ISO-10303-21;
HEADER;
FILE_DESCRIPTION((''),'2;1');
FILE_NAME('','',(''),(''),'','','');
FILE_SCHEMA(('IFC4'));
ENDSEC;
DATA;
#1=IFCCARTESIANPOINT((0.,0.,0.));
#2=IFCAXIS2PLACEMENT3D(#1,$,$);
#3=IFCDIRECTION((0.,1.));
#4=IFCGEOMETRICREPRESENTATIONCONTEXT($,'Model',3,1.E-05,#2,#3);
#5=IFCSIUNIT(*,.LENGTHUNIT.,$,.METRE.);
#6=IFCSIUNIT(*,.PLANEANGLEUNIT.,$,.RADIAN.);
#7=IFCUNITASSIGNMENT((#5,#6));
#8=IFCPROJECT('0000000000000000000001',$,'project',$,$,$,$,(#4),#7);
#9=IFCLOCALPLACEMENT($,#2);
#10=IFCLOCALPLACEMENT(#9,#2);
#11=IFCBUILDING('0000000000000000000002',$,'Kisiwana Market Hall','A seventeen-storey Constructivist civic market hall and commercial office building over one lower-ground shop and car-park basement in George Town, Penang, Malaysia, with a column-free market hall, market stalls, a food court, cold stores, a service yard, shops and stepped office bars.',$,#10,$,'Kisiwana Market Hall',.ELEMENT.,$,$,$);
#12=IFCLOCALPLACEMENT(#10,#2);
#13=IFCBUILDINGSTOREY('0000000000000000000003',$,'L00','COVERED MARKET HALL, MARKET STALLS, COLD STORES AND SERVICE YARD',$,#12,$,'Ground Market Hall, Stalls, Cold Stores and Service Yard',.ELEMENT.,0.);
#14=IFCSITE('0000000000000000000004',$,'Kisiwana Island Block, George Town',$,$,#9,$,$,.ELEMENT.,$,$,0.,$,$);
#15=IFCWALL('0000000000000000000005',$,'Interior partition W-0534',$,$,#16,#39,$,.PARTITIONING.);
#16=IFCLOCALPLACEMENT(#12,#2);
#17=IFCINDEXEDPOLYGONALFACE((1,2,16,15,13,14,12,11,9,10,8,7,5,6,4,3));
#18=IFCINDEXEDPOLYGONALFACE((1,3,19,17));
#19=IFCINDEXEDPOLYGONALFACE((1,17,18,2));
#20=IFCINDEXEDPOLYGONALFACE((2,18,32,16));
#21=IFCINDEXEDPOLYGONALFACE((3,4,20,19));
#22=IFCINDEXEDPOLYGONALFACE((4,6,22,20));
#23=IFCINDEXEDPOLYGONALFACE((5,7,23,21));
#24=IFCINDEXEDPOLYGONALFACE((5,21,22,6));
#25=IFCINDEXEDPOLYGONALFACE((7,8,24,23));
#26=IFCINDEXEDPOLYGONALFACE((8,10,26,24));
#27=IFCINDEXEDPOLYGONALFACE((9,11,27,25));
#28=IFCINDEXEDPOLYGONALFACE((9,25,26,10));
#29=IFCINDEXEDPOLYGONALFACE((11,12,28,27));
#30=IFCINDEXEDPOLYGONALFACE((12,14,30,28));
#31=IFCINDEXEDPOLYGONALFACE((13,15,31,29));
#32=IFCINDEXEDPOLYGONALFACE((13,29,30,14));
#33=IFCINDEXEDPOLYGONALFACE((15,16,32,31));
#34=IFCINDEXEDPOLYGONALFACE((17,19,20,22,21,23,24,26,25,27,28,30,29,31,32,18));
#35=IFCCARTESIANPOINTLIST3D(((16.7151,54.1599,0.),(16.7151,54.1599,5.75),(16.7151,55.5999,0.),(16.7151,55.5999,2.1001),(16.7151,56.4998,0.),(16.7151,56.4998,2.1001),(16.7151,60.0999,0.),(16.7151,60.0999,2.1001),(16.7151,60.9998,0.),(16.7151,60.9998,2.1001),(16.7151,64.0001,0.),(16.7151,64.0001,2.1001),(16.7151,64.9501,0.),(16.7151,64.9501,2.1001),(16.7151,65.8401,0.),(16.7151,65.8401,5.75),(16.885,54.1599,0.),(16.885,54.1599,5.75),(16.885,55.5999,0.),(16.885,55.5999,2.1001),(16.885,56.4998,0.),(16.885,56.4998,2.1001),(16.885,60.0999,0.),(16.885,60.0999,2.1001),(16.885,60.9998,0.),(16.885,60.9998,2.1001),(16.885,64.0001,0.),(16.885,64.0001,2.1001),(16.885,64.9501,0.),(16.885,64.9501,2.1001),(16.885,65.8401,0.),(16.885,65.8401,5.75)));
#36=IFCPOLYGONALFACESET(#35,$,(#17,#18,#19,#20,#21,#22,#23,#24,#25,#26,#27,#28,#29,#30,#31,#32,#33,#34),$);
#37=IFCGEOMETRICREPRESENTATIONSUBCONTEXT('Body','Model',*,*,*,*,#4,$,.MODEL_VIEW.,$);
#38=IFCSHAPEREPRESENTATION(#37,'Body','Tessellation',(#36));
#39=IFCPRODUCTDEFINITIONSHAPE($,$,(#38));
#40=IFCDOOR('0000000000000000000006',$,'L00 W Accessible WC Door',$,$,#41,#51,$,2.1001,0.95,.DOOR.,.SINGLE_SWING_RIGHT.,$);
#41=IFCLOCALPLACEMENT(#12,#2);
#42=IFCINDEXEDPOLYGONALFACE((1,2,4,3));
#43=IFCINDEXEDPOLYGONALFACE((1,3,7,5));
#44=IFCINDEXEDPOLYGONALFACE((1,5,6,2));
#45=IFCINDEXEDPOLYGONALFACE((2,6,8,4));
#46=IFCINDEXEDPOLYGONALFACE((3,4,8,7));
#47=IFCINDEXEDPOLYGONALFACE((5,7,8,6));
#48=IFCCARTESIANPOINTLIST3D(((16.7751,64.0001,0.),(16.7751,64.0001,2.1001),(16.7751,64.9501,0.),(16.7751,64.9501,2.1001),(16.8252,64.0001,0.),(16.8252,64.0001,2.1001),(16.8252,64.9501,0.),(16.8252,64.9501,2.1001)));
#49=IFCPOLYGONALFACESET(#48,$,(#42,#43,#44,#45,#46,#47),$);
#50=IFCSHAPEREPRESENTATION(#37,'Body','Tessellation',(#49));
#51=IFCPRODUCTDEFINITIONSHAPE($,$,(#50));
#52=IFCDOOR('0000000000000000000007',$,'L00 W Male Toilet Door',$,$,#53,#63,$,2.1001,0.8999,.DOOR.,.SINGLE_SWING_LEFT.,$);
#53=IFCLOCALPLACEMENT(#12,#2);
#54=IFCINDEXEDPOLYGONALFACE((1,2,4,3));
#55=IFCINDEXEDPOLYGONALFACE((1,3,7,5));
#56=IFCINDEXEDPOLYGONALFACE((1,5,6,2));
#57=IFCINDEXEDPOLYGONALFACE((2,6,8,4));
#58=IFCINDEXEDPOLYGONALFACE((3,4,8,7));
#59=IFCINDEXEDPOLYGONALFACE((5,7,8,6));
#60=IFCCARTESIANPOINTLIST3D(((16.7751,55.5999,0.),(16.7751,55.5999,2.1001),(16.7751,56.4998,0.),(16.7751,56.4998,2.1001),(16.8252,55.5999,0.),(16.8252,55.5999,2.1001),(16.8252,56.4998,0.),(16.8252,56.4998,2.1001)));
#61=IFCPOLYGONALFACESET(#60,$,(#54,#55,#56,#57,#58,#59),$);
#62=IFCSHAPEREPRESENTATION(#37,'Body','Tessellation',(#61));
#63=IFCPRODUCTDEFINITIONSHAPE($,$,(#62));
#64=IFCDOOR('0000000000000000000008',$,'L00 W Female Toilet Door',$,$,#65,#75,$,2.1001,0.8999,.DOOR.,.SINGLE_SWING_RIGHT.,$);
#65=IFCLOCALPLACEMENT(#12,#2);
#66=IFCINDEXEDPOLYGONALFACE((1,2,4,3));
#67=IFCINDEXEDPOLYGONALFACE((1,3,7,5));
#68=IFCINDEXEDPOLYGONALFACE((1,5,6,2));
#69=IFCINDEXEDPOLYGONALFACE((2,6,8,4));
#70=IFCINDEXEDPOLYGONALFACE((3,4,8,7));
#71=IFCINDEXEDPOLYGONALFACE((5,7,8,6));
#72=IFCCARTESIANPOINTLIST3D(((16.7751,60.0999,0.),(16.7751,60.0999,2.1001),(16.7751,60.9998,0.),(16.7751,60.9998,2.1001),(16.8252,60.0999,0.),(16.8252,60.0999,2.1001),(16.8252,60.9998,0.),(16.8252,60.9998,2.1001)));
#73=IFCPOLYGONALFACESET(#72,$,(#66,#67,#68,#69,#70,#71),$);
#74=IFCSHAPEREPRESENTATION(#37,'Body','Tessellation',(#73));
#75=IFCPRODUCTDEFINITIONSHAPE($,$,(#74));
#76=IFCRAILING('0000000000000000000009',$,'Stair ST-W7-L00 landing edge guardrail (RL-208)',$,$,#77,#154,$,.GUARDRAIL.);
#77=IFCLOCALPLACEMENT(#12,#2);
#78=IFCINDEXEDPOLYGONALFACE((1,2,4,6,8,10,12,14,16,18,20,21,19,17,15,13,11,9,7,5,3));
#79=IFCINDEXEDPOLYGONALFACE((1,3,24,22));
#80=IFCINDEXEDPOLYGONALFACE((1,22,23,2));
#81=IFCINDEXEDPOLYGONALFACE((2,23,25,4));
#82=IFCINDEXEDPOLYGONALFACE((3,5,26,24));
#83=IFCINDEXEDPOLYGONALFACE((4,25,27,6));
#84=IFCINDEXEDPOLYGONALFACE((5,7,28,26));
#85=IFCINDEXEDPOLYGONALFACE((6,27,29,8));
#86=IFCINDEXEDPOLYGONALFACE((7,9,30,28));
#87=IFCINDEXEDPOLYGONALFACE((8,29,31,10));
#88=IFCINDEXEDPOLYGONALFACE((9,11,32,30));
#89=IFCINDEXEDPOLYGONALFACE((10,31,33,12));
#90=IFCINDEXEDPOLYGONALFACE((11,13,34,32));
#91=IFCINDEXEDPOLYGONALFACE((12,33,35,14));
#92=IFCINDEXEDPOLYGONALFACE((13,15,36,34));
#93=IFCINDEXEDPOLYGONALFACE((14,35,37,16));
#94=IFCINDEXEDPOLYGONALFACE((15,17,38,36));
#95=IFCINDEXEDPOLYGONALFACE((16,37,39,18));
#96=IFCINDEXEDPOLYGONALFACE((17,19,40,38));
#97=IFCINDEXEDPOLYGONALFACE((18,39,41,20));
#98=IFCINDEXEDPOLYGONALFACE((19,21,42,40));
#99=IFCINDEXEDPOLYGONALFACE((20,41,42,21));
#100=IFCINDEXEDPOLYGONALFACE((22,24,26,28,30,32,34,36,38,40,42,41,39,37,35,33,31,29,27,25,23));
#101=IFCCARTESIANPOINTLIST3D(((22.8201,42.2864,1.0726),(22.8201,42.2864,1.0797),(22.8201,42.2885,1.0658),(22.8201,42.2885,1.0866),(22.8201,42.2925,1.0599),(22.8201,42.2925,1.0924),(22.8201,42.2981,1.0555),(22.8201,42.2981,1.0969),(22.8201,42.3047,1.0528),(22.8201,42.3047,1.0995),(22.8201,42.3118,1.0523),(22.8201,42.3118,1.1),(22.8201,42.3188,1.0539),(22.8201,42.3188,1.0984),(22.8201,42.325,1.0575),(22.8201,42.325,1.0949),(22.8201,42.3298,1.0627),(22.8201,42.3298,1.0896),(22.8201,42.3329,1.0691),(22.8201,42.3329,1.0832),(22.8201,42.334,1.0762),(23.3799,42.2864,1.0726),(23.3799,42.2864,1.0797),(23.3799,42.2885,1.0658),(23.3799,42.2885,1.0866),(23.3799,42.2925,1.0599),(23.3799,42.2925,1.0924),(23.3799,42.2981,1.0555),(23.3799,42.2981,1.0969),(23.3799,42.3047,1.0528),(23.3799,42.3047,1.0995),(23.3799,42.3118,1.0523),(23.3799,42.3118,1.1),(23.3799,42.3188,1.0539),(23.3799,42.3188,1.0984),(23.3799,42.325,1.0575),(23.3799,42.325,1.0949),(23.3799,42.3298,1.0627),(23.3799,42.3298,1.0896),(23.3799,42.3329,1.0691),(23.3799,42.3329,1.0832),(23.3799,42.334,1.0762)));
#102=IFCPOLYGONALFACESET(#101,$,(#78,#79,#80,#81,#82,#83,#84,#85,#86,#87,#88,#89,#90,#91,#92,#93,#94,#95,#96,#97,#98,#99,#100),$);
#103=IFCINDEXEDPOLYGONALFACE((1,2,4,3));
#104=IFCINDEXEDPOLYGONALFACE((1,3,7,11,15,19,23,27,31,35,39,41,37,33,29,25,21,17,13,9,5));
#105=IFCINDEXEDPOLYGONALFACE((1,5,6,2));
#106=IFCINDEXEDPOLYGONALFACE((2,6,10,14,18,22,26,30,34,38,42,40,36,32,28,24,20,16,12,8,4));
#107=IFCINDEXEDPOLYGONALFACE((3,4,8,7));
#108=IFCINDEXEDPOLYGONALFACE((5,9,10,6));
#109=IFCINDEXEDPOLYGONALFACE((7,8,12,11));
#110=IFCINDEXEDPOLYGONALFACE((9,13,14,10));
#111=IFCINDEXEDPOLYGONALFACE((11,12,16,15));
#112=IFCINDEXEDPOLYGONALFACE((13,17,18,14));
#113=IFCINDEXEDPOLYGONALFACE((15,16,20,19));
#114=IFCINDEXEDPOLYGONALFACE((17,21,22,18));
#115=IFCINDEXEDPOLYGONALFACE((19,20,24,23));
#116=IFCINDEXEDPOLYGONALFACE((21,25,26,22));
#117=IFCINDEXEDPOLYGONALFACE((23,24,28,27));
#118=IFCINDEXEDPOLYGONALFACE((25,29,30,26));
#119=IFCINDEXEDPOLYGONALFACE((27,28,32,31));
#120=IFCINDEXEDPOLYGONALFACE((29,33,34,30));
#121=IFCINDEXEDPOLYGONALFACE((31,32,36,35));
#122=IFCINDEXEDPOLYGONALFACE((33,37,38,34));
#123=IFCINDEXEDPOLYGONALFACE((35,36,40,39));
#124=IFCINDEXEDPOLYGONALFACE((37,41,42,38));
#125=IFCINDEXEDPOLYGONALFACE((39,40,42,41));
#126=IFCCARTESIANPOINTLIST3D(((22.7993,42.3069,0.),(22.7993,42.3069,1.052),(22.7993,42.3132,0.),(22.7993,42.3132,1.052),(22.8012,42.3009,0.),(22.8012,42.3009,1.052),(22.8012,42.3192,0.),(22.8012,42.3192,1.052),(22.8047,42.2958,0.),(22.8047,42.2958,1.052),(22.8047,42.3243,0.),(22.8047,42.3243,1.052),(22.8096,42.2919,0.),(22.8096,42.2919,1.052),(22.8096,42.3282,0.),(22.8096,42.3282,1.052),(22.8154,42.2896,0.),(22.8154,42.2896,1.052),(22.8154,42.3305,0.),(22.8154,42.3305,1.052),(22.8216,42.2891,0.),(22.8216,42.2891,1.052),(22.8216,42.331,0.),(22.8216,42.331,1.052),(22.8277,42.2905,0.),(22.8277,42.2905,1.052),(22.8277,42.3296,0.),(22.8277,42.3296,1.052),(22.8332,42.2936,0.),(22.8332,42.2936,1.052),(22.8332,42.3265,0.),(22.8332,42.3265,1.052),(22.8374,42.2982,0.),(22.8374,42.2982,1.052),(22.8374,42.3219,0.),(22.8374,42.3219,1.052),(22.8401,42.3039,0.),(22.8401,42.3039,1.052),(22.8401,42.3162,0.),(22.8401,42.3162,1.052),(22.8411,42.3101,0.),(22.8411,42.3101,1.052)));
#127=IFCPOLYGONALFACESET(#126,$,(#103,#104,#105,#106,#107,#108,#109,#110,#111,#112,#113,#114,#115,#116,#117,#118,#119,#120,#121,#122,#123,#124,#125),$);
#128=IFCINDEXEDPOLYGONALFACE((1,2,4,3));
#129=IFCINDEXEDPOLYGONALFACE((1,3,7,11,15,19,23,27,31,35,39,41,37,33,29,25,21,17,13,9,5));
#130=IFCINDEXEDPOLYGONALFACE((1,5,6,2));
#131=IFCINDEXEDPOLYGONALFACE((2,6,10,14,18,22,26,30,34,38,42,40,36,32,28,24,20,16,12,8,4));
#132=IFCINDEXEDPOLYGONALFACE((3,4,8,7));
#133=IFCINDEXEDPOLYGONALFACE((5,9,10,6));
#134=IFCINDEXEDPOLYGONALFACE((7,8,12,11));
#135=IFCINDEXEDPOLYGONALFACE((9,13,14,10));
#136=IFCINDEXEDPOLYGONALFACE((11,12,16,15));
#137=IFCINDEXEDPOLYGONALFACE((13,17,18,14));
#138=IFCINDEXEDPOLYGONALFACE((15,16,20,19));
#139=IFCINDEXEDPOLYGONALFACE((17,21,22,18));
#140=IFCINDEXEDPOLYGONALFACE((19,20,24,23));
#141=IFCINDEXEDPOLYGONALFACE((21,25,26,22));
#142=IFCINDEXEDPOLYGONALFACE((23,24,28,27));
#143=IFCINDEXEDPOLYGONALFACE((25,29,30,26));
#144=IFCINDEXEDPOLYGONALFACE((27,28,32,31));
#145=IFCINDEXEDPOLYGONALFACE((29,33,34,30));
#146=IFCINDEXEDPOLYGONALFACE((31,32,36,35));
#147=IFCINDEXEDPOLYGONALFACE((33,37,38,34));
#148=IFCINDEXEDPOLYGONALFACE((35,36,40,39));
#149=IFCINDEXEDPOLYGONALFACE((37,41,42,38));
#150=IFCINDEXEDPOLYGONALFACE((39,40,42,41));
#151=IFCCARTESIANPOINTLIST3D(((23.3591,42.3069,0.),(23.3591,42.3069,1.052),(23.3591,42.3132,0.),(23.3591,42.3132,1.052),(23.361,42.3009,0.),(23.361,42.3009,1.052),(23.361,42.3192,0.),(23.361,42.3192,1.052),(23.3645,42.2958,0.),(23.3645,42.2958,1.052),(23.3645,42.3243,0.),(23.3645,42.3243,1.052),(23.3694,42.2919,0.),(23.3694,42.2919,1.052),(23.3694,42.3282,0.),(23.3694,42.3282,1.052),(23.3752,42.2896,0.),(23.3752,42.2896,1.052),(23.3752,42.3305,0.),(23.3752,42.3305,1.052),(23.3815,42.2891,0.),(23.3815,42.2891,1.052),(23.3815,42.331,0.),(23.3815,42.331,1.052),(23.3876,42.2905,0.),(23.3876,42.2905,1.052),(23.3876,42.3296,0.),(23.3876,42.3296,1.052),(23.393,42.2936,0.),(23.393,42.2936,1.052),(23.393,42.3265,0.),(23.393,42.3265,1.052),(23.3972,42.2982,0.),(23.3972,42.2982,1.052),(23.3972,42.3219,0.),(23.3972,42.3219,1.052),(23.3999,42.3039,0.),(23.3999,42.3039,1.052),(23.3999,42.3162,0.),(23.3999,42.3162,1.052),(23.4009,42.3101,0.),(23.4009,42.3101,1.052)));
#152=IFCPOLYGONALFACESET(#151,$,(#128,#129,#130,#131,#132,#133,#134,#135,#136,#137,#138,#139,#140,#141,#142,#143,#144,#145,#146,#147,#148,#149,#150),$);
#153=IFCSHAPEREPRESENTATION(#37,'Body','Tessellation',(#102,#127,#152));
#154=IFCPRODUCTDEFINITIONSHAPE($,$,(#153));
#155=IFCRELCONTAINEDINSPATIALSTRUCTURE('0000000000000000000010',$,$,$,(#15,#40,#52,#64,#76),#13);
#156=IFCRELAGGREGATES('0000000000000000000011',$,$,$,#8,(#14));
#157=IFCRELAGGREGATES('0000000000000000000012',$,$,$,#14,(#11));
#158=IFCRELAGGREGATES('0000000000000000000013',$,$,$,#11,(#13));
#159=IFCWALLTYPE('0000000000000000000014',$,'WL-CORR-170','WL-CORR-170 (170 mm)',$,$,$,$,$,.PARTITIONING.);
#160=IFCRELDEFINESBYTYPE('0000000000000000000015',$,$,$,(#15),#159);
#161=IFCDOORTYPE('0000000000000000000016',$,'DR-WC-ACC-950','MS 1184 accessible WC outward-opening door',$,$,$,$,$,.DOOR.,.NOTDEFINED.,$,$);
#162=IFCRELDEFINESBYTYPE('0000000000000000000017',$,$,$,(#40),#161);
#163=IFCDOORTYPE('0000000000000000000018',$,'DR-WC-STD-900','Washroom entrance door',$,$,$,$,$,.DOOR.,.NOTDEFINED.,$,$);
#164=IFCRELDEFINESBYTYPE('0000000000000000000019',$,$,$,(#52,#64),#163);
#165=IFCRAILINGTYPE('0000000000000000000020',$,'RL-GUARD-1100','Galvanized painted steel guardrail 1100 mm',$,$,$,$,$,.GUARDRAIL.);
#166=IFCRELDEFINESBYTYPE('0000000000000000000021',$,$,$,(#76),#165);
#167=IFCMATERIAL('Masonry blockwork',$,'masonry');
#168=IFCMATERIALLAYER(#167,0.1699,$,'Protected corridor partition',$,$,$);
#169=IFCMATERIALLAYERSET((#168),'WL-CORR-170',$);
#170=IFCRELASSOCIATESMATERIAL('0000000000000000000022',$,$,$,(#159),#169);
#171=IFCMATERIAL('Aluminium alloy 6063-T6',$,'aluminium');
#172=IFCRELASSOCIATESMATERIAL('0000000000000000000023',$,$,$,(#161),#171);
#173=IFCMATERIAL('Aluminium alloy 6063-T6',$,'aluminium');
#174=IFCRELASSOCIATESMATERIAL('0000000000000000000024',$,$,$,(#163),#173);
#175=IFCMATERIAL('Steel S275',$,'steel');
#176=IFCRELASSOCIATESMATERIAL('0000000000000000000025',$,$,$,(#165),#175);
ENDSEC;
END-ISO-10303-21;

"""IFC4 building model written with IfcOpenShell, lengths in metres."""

from ifc_helpers import new_model, si_unit, direction, frame, frame_2d, origin, origin_2d, place, context, subcontext, project, spatial, rectangle, circle, extrude, material, layer, layer_set, type_object, element, fill, save


model = new_model("IFC4")

# Units and contexts
model_context = context("Model", 3, precision=1e-05, world=origin(), true_north=direction((0.0, 1.0)))
body_context = subcontext(model_context, "Body", "Model", "MODEL_VIEW")
ifc_project = project(units=[si_unit("LENGTHUNIT", "METRE"), si_unit("PLANEANGLEUNIT", "RADIAN")], contexts=[model_context])

# Site, building, storey
site_placement = place(None, origin())
site = spatial("IfcSite", under=ifc_project, at=site_placement, Name="Kisiwana Island Block, George Town", CompositionType="ELEMENT", RefElevation=0.0)
building_placement = place(site_placement, origin())
building = spatial("IfcBuilding", under=site, at=building_placement, Name="Kisiwana Market Hall", Description="A seventeen-storey Constructivist civic market hall and commercial office building over one lower-ground shop and car-park basement in George Town, Penang, Malaysia, with a column-free market hall, market stalls, a food court, cold stores, a service yard, shops and stepped office bars.", LongName="Kisiwana Market Hall", CompositionType="ELEMENT")
storey_placement = place(building_placement, origin())
storey = spatial("IfcBuildingStorey", under=building, at=storey_placement, Name="L00", Description="COVERED MARKET HALL, MARKET STALLS, COLD STORES AND SERVICE YARD", LongName="Ground Market Hall, Stalls, Cold Stores and Service Yard", CompositionType="ELEMENT", Elevation=0.0)

# Wall, openings, doors
ifc_material_1 = material(Name="Masonry blockwork", Category="masonry")
ifc_layer_1 = layer(ifc_material_1, 0.1699, Name="Protected corridor partition")
ifc_layer_set_1 = layer_set([ifc_layer_1], Name="WL-CORR-170")
wall_type_1 = type_object("IfcWallType", Name="WL-CORR-170", Description="WL-CORR-170 (170 mm)", PredefinedType="PARTITIONING", material=ifc_layer_set_1)
wall_1_placement = place(storey_placement, frame((16.8, 54.1599, 0.0), z_axis=(0.0, 0.0, 1.0), x_axis=(0.0, 1.0, 0.0)))
wall_1 = element("IfcWall", 1, at=wall_1_placement, inside=storey, type_object=wall_type_1, Name="Interior partition W-0534", PredefinedType="PARTITIONING", context=body_context, shape_type="SweptSolid", body=[
    extrude(rectangle(XDim=11.6802, YDim=0.1699, at=frame_2d((5.8401, 0.0))), origin(), (0.0, 0.0, 1.0), 5.75),
])
opening_1_placement = place(wall_1_placement, frame((1.4399, 0.0, 0.0)))
opening_1 = element("IfcOpeningElement", 2, at=opening_1_placement, cuts=wall_1, PredefinedType="OPENING", context=body_context, shape_type="SweptSolid", body=[
    extrude(rectangle(XDim=0.8999, YDim=2.1001, at=frame_2d((0.45, 1.05))), frame((0.0, 0.0969, 0.0), z_axis=(0.0, -1.0, 0.0), x_axis=(1.0, 0.0, 0.0)), (0.0, 0.0, 1.0), 0.1938),
])
opening_2_placement = place(wall_1_placement, frame((5.9399, 0.0, 0.0)))
opening_2 = element("IfcOpeningElement", 3, at=opening_2_placement, cuts=wall_1, PredefinedType="OPENING", context=body_context, shape_type="SweptSolid", body=[
    extrude(rectangle(XDim=0.8999, YDim=2.1001, at=frame_2d((0.45, 1.05))), frame((0.0, 0.0969, 0.0), z_axis=(0.0, -1.0, 0.0), x_axis=(1.0, 0.0, 0.0)), (0.0, 0.0, 1.0), 0.1938),
])
opening_3_placement = place(wall_1_placement, frame((9.8401, 0.0, 0.0)))
opening_3 = element("IfcOpeningElement", 4, at=opening_3_placement, cuts=wall_1, PredefinedType="OPENING", context=body_context, shape_type="SweptSolid", body=[
    extrude(rectangle(XDim=0.95, YDim=2.1001, at=frame_2d((0.4751, 1.05))), frame((0.0, 0.0969, 0.0), z_axis=(0.0, -1.0, 0.0), x_axis=(1.0, 0.0, 0.0)), (0.0, 0.0, 1.0), 0.1938),
])
ifc_material_2 = material(Name="Aluminium alloy 6063-T6", Category="aluminium")
door_type_1 = type_object("IfcDoorType", Name="DR-WC-ACC-950", Description="MS 1184 accessible WC outward-opening door", OperationType="NOTDEFINED", PredefinedType="DOOR", material=ifc_material_2)
door_1_placement = place(opening_3_placement, origin())
door_1 = element("IfcDoor", 5, at=door_1_placement, inside=storey, type_object=door_type_1, Name="L00 W Accessible WC Door", OperationType="SINGLE_SWING_RIGHT", OverallHeight=2.1001, OverallWidth=0.95, PredefinedType="DOOR", context=body_context, shape_type="SweptSolid", body=[
    extrude(rectangle(XDim=0.95, YDim=2.1001, at=frame_2d((0.4751, 1.05))), frame((0.0, 0.0249, 0.0), z_axis=(0.0, -1.0, 0.0), x_axis=(1.0, 0.0, 0.0)), (0.0, 0.0, 1.0), 0.05),
])
fill(opening_3, door_1)
ifc_material_3 = material(Name="Aluminium alloy 6063-T6", Category="aluminium")
door_type_2 = type_object("IfcDoorType", Name="DR-WC-STD-900", Description="Washroom entrance door", OperationType="NOTDEFINED", PredefinedType="DOOR", material=ifc_material_3)
door_2_placement = place(opening_1_placement, origin())
door_2 = element("IfcDoor", 6, at=door_2_placement, inside=storey, type_object=door_type_2, Name="L00 W Male Toilet Door", OperationType="SINGLE_SWING_LEFT", OverallHeight=2.1001, OverallWidth=0.8999, PredefinedType="DOOR", context=body_context, shape_type="SweptSolid", body=[
    extrude(rectangle(XDim=0.8999, YDim=2.1001, at=frame_2d((0.45, 1.05))), frame((0.0, 0.0249, 0.0), z_axis=(0.0, -1.0, 0.0), x_axis=(1.0, 0.0, 0.0)), (0.0, 0.0, 1.0), 0.05),
])
fill(opening_1, door_2)
door_3_placement = place(opening_2_placement, origin())
door_3 = element("IfcDoor", 7, at=door_3_placement, inside=storey, type_object=door_type_2, Name="L00 W Female Toilet Door", OperationType="SINGLE_SWING_RIGHT", OverallHeight=2.1001, OverallWidth=0.8999, PredefinedType="DOOR", context=body_context, shape_type="SweptSolid", body=[
    extrude(rectangle(XDim=0.8999, YDim=2.1001, at=frame_2d((0.45, 1.05))), frame((0.0, 0.0249, 0.0), z_axis=(0.0, -1.0, 0.0), x_axis=(1.0, 0.0, 0.0)), (0.0, 0.0, 1.0), 0.05),
])
fill(opening_2, door_3)

# Railing
ifc_material_4 = material(Name="Steel S275", Category="steel")
railing_type_1 = type_object("IfcRailingType", Name="RL-GUARD-1100", Description="Galvanized painted steel guardrail 1100 mm", PredefinedType="GUARDRAIL", material=ifc_material_4)
railing_1_placement = place(storey_placement, frame((22.8201, 42.3101, 0.0)))
element("IfcRailing", 8, at=railing_1_placement, inside=storey, type_object=railing_type_1, Name="Stair ST-W7-L00 landing edge guardrail (RL-208)", PredefinedType="GUARDRAIL", context=body_context, shape_type="SweptSolid", body=[
    extrude(circle(Radius=0.0239, at=origin_2d()), frame((0.0, 0.0, 1.0762), z_axis=(1.0, 0.0, 0.0), x_axis=(0.0, 1.0, 0.0)), (0.0, 0.0, 1.0), 0.5598),
    extrude(circle(Radius=0.021, at=origin_2d()), origin(), (0.0, 0.0, 1.0), 1.052),
    extrude(circle(Radius=0.021, at=origin_2d()), frame((0.5598, 0.0, 0.0)), (0.0, 0.0, 1.0), 1.052),
])

save(model, "model.ifc")
